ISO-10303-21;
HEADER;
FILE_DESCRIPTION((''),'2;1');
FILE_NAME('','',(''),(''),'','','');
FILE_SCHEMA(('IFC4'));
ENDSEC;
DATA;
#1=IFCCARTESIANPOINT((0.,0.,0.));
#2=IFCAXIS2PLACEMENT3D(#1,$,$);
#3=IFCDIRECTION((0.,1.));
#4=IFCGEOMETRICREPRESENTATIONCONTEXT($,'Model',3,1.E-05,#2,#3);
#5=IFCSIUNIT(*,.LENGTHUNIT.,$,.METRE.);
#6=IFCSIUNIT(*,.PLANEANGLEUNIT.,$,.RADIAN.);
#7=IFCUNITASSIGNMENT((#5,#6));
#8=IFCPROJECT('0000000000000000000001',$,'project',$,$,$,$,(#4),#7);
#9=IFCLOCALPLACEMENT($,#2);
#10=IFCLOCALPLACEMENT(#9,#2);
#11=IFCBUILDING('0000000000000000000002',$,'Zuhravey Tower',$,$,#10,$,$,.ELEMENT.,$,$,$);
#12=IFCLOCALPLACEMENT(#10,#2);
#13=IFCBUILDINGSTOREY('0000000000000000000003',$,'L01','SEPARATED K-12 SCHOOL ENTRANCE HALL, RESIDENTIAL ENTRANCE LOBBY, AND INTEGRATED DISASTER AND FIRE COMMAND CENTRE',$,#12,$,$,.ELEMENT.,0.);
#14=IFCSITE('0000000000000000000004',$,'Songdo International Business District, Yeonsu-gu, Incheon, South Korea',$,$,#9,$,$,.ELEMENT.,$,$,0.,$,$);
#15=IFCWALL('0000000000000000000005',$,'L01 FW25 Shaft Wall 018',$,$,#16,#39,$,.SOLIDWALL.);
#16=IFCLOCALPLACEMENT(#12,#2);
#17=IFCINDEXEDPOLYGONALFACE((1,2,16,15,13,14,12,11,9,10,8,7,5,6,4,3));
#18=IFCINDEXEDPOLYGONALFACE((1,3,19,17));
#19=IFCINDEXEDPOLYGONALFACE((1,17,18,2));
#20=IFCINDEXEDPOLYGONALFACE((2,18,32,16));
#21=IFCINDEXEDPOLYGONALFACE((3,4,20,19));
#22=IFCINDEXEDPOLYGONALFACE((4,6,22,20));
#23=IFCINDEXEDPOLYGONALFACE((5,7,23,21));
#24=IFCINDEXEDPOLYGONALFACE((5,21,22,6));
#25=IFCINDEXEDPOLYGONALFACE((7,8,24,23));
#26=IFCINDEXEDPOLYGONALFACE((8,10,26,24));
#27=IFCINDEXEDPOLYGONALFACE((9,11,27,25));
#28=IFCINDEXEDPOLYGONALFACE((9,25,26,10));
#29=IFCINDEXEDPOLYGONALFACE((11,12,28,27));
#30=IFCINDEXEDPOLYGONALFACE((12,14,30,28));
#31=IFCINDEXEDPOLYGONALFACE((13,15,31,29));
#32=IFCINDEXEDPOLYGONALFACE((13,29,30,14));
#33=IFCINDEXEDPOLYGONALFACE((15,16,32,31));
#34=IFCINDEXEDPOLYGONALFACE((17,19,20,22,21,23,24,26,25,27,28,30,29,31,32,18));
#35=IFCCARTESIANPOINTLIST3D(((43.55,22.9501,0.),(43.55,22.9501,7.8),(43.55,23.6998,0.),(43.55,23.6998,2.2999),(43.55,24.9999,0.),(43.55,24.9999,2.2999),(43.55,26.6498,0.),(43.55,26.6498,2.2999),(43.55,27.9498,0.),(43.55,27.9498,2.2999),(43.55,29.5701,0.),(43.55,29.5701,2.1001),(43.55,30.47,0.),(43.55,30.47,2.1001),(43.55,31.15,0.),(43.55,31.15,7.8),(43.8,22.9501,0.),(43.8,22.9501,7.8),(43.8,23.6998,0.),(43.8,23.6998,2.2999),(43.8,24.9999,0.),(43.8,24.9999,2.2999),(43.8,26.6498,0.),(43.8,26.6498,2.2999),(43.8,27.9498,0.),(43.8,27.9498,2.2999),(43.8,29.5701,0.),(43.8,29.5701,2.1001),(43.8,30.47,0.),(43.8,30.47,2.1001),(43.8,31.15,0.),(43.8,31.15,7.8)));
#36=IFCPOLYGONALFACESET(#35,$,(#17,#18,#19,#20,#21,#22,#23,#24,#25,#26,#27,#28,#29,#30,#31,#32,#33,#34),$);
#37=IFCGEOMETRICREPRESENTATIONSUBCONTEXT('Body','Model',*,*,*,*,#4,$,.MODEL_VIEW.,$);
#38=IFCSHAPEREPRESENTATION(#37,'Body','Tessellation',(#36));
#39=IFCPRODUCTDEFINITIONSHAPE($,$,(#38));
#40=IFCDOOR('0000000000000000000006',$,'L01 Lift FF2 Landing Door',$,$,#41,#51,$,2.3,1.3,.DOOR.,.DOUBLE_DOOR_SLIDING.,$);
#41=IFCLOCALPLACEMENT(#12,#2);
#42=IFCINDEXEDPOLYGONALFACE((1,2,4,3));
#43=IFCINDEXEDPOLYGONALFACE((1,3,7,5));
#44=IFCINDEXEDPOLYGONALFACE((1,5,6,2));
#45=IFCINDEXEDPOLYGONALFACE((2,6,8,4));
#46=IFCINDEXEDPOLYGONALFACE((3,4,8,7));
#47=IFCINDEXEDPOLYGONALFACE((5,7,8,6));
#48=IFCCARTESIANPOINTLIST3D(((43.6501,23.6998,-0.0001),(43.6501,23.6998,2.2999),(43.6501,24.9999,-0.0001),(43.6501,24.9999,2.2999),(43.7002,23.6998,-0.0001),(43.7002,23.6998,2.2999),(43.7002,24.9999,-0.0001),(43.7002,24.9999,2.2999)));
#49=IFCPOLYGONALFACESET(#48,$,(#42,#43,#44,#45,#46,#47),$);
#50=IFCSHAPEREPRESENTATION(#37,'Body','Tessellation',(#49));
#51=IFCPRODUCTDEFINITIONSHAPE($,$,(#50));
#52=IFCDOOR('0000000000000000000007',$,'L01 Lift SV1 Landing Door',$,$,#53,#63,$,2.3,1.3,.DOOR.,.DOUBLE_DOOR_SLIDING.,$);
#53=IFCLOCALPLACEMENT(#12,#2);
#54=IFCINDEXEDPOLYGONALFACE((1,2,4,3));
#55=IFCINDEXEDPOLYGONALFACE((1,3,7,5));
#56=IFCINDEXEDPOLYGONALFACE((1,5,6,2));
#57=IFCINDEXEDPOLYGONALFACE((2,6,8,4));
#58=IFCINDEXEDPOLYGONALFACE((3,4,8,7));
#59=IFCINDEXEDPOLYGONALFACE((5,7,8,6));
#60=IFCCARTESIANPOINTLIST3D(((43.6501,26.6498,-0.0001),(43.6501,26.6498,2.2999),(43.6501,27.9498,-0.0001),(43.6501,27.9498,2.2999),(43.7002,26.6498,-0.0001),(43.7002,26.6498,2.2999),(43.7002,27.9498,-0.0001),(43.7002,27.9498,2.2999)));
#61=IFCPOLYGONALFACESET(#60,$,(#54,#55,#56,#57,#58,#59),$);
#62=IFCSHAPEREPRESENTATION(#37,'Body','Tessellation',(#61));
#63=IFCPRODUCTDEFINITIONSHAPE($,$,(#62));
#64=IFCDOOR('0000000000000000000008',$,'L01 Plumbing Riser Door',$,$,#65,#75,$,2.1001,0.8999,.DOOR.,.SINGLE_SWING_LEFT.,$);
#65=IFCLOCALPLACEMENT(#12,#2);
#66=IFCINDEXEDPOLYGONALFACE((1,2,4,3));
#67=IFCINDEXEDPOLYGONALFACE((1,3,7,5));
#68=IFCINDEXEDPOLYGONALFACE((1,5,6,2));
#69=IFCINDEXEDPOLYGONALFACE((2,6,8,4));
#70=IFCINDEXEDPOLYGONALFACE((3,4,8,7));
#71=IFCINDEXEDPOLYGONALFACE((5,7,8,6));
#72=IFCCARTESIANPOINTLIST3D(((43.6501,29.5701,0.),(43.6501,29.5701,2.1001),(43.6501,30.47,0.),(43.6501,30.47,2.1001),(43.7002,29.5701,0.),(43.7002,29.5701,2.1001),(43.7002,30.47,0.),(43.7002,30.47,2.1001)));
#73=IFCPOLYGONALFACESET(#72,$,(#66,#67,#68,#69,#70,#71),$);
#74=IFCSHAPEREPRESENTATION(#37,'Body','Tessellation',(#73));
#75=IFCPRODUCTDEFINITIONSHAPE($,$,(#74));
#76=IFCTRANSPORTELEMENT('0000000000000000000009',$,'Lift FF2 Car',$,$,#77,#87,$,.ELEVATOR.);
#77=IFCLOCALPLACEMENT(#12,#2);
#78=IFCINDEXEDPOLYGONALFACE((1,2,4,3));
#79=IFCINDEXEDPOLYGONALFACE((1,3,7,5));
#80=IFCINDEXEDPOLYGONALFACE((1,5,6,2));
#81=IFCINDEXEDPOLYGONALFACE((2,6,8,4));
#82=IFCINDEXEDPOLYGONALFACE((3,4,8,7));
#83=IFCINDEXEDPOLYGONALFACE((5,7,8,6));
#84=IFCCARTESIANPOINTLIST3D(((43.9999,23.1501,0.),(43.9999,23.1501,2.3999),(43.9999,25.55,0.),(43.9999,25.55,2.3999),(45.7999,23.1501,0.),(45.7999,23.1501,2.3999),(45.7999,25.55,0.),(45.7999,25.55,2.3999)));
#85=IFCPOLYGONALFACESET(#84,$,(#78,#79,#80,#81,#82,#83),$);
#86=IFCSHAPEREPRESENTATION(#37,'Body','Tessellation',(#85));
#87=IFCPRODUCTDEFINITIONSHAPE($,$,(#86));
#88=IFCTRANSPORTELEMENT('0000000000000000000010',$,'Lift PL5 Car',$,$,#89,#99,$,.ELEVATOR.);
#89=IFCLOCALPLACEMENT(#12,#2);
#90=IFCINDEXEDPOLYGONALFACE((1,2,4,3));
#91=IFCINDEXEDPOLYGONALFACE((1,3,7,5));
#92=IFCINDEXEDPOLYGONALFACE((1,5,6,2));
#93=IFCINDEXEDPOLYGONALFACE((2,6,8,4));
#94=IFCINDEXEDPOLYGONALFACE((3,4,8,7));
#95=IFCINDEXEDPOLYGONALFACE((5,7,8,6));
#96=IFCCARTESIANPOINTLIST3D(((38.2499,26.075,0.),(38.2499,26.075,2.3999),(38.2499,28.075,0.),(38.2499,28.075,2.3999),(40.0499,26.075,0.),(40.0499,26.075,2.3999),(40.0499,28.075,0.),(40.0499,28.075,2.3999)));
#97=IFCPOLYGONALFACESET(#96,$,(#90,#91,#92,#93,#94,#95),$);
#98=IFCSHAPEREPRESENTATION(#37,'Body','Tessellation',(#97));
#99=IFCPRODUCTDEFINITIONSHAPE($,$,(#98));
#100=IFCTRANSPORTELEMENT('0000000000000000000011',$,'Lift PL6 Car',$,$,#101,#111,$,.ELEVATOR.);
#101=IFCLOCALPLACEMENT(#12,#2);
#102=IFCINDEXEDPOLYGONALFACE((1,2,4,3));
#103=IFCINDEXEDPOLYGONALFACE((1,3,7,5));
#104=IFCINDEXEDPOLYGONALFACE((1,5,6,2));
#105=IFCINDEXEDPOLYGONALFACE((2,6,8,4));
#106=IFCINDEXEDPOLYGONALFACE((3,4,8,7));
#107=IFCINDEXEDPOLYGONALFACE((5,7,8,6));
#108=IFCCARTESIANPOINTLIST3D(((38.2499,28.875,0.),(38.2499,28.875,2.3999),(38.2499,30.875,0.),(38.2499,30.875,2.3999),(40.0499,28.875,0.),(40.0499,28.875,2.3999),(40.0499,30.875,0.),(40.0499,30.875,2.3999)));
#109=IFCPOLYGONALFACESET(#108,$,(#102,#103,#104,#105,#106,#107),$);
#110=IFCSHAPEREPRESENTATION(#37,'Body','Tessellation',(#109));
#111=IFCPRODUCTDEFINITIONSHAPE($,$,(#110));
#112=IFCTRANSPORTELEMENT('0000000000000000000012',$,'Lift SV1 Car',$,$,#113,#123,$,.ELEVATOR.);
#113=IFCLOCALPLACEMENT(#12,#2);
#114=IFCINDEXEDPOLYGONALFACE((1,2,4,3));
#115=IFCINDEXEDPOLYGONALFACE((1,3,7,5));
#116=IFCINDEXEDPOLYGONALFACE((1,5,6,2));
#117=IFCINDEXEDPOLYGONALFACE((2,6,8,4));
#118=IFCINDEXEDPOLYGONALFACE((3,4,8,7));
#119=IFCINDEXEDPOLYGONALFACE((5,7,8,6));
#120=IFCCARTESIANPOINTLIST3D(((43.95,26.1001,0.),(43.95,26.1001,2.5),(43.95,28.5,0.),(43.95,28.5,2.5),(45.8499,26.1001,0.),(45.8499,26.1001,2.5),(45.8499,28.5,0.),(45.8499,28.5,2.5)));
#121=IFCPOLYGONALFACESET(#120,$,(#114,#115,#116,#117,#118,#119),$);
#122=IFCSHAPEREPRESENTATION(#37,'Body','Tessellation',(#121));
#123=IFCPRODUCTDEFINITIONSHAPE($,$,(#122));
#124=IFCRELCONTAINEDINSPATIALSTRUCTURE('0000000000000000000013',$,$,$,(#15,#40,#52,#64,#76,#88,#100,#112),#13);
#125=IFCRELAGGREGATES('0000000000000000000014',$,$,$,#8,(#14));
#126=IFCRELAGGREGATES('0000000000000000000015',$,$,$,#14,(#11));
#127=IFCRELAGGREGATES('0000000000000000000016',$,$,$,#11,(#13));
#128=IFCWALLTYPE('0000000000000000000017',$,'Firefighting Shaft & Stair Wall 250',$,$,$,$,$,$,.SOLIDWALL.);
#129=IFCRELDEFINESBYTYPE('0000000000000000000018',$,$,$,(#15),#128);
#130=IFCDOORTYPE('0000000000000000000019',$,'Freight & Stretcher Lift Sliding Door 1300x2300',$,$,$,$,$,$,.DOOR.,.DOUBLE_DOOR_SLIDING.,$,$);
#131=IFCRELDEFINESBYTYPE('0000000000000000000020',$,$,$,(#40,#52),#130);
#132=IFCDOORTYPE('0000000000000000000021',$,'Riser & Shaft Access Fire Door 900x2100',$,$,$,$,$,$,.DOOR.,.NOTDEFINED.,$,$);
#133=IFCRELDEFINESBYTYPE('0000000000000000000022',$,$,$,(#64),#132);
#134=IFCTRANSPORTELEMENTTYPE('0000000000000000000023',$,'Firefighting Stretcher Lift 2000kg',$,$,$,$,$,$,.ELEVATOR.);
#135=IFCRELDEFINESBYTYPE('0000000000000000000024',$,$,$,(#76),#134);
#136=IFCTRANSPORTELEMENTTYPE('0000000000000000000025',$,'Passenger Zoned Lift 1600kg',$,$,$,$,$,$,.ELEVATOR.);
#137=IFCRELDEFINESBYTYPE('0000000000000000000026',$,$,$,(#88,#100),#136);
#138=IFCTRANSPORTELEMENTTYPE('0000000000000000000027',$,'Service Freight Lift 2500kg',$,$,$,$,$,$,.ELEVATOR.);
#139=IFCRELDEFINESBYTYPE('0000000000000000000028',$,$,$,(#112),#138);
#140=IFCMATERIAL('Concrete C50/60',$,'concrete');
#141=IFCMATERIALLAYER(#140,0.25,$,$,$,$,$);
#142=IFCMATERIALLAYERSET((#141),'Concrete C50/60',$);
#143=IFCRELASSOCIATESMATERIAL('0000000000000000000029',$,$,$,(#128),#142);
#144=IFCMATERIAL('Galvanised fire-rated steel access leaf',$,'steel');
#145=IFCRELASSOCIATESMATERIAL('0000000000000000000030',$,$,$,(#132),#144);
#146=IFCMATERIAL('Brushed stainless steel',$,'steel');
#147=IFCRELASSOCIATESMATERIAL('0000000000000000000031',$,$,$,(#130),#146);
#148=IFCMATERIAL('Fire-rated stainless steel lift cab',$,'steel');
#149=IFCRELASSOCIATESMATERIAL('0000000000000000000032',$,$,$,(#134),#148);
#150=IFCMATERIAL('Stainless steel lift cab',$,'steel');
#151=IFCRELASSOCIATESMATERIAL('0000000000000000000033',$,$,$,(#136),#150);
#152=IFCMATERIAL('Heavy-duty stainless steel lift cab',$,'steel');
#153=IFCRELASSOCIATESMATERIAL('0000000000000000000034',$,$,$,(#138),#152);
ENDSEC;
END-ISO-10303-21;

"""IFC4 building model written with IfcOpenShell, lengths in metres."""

from ifc_helpers import new_model, si_unit, direction, frame, frame_2d, origin, origin_2d, place, context, subcontext, project, spatial, rectangle, extrude, material, layer, layer_set, type_object, element, fill, save


model = new_model("IFC4")

# Units and contexts
model_context = context("Model", 3, precision=1e-05, world=origin(), true_north=direction((0.0, 1.0)))
body_context = subcontext(model_context, "Body", "Model", "MODEL_VIEW")
ifc_project = project(units=[si_unit("LENGTHUNIT", "METRE"), si_unit("PLANEANGLEUNIT", "RADIAN")], contexts=[model_context])

# Site, building, storey
site_placement = place(None, origin())
site = spatial("IfcSite", under=ifc_project, at=site_placement, Name="Songdo International Business District, Yeonsu-gu, Incheon, South Korea", CompositionType="ELEMENT", RefElevation=0.0)
building_placement = place(site_placement, origin())
building = spatial("IfcBuilding", under=site, at=building_placement, Name="Zuhravey Tower", CompositionType="ELEMENT")
storey_placement = place(building_placement, origin())
storey = spatial("IfcBuildingStorey", under=building, at=storey_placement, Name="L01", Description="SEPARATED K-12 SCHOOL ENTRANCE HALL, RESIDENTIAL ENTRANCE LOBBY, AND INTEGRATED DISASTER AND FIRE COMMAND CENTRE", CompositionType="ELEMENT", Elevation=0.0)

# Shared definitions
ifc_material_1 = material(Name="Concrete C50/60", Category="concrete")
ifc_layer = layer(ifc_material_1, 0.25)
ifc_layer_set = layer_set([ifc_layer], Name="Concrete C50/60")
wall_type = type_object("IfcWallType", Name="Firefighting Shaft & Stair Wall 250", PredefinedType="SOLIDWALL", material=ifc_layer_set)

# Shared definitions
ifc_material_2 = material(Name="Brushed stainless steel", Category="steel")
ifc_material_3 = material(Name="Galvanised fire-rated steel access leaf", Category="steel")
door_type_1 = type_object("IfcDoorType", Name="Riser & Shaft Access Fire Door 900x2100", OperationType="NOTDEFINED", PredefinedType="DOOR", material=ifc_material_3)

# Wall, openings, doors
wall_1_placement = place(storey_placement, frame((43.675, 22.95, 0.0), z_axis=(0.0, 0.0, 1.0), x_axis=(0.0, 1.0, 0.0)))
wall_1 = element("IfcWall", 1, at=wall_1_placement, inside=storey, type_object=wall_type, Name="L01 FW25 Shaft Wall 018", PredefinedType="SOLIDWALL", context=body_context, shape_type="SweptSolid", body=[
    extrude(rectangle(XDim=8.2, YDim=0.25, at=frame_2d((4.1001, 0.0))), origin(), (0.0, 0.0, 1.0), 7.8),
])
opening_1_placement = place(wall_1_placement, frame((0.75, 0.0, 0.0)))
opening_1 = element("IfcOpeningElement", 2, at=opening_1_placement, cuts=wall_1, PredefinedType="OPENING", context=body_context, shape_type="SweptSolid", body=[
    extrude(rectangle(XDim=1.3, YDim=2.3, at=frame_2d((0.6499, 1.1499))), frame((0.0, 0.137, 0.0), z_axis=(0.0, -1.0, 0.0), x_axis=(1.0, 0.0, 0.0)), (0.0, 0.0, 1.0), 0.2739),
])
opening_2_placement = place(wall_1_placement, frame((3.7, 0.0, 0.0)))
opening_2 = element("IfcOpeningElement", 3, at=opening_2_placement, cuts=wall_1, PredefinedType="OPENING", context=body_context, shape_type="SweptSolid", body=[
    extrude(rectangle(XDim=1.3, YDim=2.3, at=frame_2d((0.6499, 1.1499))), frame((0.0, 0.137, 0.0), z_axis=(0.0, -1.0, 0.0), x_axis=(1.0, 0.0, 0.0)), (0.0, 0.0, 1.0), 0.2739),
])
opening_3_placement = place(wall_1_placement, frame((6.6201, 0.0, 0.0)))
opening_3 = element("IfcOpeningElement", 4, at=opening_3_placement, cuts=wall_1, PredefinedType="OPENING", context=body_context, shape_type="SweptSolid", body=[
    extrude(rectangle(XDim=0.8999, YDim=2.1001, at=frame_2d((0.45, 1.05))), frame((0.0, 0.137, 0.0), z_axis=(0.0, -1.0, 0.0), x_axis=(1.0, 0.0, 0.0)), (0.0, 0.0, 1.0), 0.2739),
])
door_type_2 = type_object("IfcDoorType", Name="Freight & Stretcher Lift Sliding Door 1300x2300", OperationType="DOUBLE_DOOR_SLIDING", PredefinedType="DOOR", material=ifc_material_2)
door_1_placement = place(opening_1_placement, origin())
door_1 = element("IfcDoor", 5, at=door_1_placement, inside=storey, type_object=door_type_2, Name="L01 Lift FF2 Landing Door", OperationType="DOUBLE_DOOR_SLIDING", OverallHeight=2.3, OverallWidth=1.3, PredefinedType="DOOR", context=body_context, shape_type="SweptSolid", body=[
    extrude(rectangle(XDim=1.3, YDim=2.3, at=frame_2d((0.6499, 1.1499))), frame((0.0, 0.0249, 0.0), z_axis=(0.0, -1.0, 0.0), x_axis=(1.0, 0.0, 0.0)), (0.0, 0.0, 1.0), 0.05),
])
fill(opening_1, door_1)
door_2_placement = place(opening_2_placement, origin())
door_2 = element("IfcDoor", 6, at=door_2_placement, inside=storey, type_object=door_type_2, Name="L01 Lift SV1 Landing Door", OperationType="DOUBLE_DOOR_SLIDING", OverallHeight=2.3, OverallWidth=1.3, PredefinedType="DOOR", context=body_context, shape_type="SweptSolid", body=[
    extrude(rectangle(XDim=1.3, YDim=2.3, at=frame_2d((0.6499, 1.1499))), frame((0.0, 0.0249, 0.0), z_axis=(0.0, -1.0, 0.0), x_axis=(1.0, 0.0, 0.0)), (0.0, 0.0, 1.0), 0.05),
])
fill(opening_2, door_2)
door_3_placement = place(opening_3_placement, origin())
door_3 = element("IfcDoor", 7, at=door_3_placement, inside=storey, type_object=door_type_1, Name="L01 Plumbing Riser Door", OperationType="SINGLE_SWING_LEFT", OverallHeight=2.1001, OverallWidth=0.8999, PredefinedType="DOOR", context=body_context, shape_type="SweptSolid", body=[
    extrude(rectangle(XDim=0.8999, YDim=2.1001, at=frame_2d((0.45, 1.05))), frame((0.0, 0.0249, 0.0), z_axis=(0.0, -1.0, 0.0), x_axis=(1.0, 0.0, 0.0)), (0.0, 0.0, 1.0), 0.05),
])
fill(opening_3, door_3)

# Transport elements
ifc_material_4 = material(Name="Fire-rated stainless steel lift cab", Category="steel")
transport_element_type_1 = type_object("IfcTransportElementType", Name="Firefighting Stretcher Lift 2000kg", PredefinedType="ELEVATOR", material=ifc_material_4)
transport_element_1_placement = place(storey_placement, frame((44.8999, 24.3501, 0.0), z_axis=(0.0, 0.0, 1.0), x_axis=(1.0, 0.0, 0.0)))
element("IfcTransportElement", 8, at=transport_element_1_placement, inside=storey, type_object=transport_element_type_1, Name="Lift FF2 Car", PredefinedType="ELEVATOR", context=body_context, shape_type="SweptSolid", body=[
    extrude(rectangle(XDim=1.8, YDim=2.3999, at=origin_2d()), origin(), (0.0, 0.0, 1.0), 2.3999),
])
ifc_material_5 = material(Name="Stainless steel lift cab", Category="steel")
transport_element_type_2 = type_object("IfcTransportElementType", Name="Passenger Zoned Lift 1600kg", PredefinedType="ELEVATOR", material=ifc_material_5)
for number, where, z_axis, x_axis, name in (
    (9, (39.1499, 27.075, 0.0), (0.0, 0.0, 1.0), (1.0, 0.0, 0.0), "Lift PL5 Car"),
    (10, (39.1499, 29.875, 0.0), (0.0, 0.0, 1.0), (1.0, 0.0, 0.0), "Lift PL6 Car"),
):
    element("IfcTransportElement", number, at=place(storey_placement, frame(where, z_axis=z_axis, x_axis=x_axis)), inside=storey, type_object=transport_element_type_2, Name=name, PredefinedType="ELEVATOR", context=body_context, shape_type="SweptSolid", body=[
        extrude(rectangle(XDim=1.8, YDim=2.0, at=origin_2d()), origin(), (0.0, 0.0, 1.0), 2.3999),
    ])
ifc_material_6 = material(Name="Heavy-duty stainless steel lift cab", Category="steel")
transport_element_type_3 = type_object("IfcTransportElementType", Name="Service Freight Lift 2500kg", PredefinedType="ELEVATOR", material=ifc_material_6)
transport_element_2_placement = place(storey_placement, frame((44.8999, 27.3, 0.0), z_axis=(0.0, 0.0, 1.0), x_axis=(1.0, 0.0, 0.0)))
element("IfcTransportElement", 11, at=transport_element_2_placement, inside=storey, type_object=transport_element_type_3, Name="Lift SV1 Car", PredefinedType="ELEVATOR", context=body_context, shape_type="SweptSolid", body=[
    extrude(rectangle(XDim=1.8999, YDim=2.3999, at=origin_2d()), origin(), (0.0, 0.0, 1.0), 2.5),
])

save(model, "model.ifc")
